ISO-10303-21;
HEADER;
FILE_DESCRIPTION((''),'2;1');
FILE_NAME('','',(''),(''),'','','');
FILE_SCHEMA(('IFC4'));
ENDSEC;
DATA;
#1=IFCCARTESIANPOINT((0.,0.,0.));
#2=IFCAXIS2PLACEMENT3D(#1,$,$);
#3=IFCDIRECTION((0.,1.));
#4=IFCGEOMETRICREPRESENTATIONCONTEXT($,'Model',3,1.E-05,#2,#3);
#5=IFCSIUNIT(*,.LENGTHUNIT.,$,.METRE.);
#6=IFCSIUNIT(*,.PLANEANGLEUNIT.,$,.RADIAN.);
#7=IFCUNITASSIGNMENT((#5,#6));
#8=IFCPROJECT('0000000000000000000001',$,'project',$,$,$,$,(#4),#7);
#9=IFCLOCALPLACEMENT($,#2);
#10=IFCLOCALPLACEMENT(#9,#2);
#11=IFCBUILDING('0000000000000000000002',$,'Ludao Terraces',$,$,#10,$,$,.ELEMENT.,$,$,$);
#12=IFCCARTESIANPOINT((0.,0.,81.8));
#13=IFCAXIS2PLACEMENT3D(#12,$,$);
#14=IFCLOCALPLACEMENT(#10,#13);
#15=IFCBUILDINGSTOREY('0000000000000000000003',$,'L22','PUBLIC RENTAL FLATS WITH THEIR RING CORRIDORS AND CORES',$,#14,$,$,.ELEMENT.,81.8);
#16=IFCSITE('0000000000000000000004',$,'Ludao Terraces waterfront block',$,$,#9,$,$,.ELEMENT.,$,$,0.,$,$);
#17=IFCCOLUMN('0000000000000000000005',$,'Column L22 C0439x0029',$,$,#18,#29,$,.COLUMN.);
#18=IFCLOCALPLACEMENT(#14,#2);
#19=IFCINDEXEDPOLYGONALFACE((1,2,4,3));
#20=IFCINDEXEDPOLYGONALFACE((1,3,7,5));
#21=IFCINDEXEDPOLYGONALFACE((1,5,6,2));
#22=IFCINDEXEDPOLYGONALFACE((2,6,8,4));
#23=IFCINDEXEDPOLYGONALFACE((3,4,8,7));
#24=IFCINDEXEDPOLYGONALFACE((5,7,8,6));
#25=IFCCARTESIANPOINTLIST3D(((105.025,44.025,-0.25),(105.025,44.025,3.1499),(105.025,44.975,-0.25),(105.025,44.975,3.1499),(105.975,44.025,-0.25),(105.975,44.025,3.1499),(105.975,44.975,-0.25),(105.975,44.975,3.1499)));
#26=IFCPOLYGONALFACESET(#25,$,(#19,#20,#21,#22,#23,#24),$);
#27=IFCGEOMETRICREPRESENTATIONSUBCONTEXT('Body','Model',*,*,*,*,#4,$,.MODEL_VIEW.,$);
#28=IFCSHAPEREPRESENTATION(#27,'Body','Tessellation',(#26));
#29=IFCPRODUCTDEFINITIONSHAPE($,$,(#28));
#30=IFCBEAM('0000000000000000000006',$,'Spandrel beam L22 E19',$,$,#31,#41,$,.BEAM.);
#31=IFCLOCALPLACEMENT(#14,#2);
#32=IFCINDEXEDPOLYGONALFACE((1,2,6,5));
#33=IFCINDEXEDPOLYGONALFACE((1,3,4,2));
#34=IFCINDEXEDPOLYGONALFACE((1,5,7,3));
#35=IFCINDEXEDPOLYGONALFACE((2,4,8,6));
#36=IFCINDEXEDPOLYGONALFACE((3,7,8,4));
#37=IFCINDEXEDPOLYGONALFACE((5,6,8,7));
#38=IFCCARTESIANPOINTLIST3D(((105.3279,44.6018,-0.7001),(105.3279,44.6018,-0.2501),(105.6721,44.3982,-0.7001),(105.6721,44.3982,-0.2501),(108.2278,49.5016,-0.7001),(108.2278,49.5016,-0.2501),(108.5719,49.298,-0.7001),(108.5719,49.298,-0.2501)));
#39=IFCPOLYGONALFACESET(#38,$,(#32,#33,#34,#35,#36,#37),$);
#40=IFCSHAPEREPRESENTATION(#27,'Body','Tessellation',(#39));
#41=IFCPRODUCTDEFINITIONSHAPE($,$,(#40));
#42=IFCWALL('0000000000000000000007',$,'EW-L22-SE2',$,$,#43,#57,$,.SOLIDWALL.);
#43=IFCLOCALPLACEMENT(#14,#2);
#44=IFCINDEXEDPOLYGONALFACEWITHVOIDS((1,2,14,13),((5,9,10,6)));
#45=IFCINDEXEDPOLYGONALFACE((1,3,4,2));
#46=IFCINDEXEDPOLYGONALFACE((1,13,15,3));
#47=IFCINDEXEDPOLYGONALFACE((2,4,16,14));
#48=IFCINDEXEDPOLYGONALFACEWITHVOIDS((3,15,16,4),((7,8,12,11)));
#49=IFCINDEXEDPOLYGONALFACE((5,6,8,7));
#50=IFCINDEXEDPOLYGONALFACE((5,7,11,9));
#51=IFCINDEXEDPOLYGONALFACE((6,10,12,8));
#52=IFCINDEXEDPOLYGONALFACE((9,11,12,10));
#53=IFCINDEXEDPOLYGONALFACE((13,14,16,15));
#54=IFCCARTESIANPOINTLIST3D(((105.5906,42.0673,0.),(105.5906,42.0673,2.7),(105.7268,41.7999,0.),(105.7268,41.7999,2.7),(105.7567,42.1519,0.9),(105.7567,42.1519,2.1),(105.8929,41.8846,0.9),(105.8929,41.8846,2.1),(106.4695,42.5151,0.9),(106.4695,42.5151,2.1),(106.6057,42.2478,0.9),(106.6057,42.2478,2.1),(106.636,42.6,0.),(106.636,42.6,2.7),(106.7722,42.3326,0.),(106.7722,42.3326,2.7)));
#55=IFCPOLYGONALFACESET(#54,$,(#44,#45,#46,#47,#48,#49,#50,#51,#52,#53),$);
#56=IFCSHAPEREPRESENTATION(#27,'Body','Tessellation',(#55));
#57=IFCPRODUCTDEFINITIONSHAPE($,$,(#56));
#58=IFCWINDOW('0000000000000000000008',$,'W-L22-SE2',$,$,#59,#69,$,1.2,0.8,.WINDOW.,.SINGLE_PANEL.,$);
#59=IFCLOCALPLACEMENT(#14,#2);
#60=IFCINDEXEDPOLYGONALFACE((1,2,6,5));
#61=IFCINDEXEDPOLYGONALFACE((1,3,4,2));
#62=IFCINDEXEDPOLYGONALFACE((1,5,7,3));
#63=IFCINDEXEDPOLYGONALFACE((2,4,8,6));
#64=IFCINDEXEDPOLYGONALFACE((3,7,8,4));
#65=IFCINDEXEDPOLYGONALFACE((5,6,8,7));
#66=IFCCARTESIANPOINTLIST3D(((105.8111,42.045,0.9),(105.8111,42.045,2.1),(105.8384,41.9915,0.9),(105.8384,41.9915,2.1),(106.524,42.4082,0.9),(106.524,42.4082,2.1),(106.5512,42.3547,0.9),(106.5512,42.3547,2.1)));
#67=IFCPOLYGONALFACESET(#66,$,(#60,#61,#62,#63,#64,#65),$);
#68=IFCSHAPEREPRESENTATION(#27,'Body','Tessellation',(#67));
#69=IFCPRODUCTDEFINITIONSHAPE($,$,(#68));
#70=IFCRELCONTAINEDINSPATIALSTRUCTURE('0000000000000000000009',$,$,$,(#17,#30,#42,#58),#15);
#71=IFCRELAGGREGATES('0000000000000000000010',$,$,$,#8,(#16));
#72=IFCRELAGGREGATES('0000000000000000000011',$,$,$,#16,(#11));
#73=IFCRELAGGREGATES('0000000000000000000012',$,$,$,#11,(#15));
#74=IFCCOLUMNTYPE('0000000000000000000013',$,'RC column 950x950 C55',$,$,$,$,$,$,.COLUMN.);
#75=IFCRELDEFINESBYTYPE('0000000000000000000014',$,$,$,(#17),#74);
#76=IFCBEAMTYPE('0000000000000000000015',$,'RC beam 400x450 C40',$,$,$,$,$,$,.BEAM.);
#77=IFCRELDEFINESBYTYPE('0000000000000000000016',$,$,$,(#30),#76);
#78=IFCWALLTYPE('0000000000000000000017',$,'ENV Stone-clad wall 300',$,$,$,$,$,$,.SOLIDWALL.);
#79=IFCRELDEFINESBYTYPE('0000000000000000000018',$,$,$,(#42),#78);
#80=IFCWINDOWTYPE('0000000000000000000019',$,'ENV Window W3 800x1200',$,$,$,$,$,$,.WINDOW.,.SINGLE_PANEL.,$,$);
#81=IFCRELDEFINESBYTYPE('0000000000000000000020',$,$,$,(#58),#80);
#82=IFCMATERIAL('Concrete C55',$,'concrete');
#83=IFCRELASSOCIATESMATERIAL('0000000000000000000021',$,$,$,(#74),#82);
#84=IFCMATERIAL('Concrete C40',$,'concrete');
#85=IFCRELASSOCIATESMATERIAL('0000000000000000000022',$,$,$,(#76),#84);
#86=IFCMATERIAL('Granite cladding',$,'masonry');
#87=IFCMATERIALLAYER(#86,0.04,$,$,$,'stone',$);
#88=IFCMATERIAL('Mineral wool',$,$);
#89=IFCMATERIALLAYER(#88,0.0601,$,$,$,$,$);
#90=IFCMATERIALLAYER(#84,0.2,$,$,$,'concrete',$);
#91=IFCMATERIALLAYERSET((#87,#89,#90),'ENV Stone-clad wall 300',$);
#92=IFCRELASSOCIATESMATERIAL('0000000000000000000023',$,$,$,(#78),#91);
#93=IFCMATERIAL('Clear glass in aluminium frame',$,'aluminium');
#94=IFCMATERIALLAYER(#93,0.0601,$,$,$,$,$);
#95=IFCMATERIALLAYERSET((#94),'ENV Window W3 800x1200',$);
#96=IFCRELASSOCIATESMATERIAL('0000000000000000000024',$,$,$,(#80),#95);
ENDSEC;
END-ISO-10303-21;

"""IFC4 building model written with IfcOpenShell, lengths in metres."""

from ifc_helpers import new_model, si_unit, direction, frame, frame_2d, origin, origin_2d, place, context, subcontext, project, spatial, rectangle, extrude, material, layer, layer_set, material_profile, profile_set, type_object, element, fill, save


model = new_model("IFC4")

# Units and contexts
model_context = context("Model", 3, precision=1e-05, world=origin(), true_north=direction((0.0, 1.0)))
body_context = subcontext(model_context, "Body", "Model", "MODEL_VIEW")
ifc_project = project(units=[si_unit("LENGTHUNIT", "METRE"), si_unit("PLANEANGLEUNIT", "RADIAN")], contexts=[model_context])

# Site, building, storey
site_placement = place(None, origin())
site = spatial("IfcSite", under=ifc_project, at=site_placement, Name="Ludao Terraces waterfront block", CompositionType="ELEMENT", RefElevation=0.0)
building_placement = place(site_placement, origin())
building = spatial("IfcBuilding", under=site, at=building_placement, Name="Ludao Terraces", CompositionType="ELEMENT")
storey_placement = place(building_placement, frame((0.0, 0.0, 81.8)))
storey = spatial("IfcBuildingStorey", under=building, at=storey_placement, Name="L22", Description="PUBLIC RENTAL FLATS WITH THEIR RING CORRIDORS AND CORES", CompositionType="ELEMENT", Elevation=81.8)

# Column
ifc_material_1 = material(Name="Concrete C55", Category="concrete")
ifc_material_profile_1 = material_profile(ifc_material_1, rectangle(XDim=0.95, YDim=0.95, at=origin_2d()), Name="950 X 950")
ifc_profile_set_1 = profile_set([ifc_material_profile_1], Name="Concrete C55")
column_type = type_object("IfcColumnType", Name="RC column 950x950 C55", PredefinedType="COLUMN", material=ifc_profile_set_1)
column_placement = place(storey_placement, frame((105.5, 44.5, -0.25), z_axis=(0.0, 0.0, 1.0), x_axis=(1.0, 0.0, 0.0)))
element("IfcColumn", 1, at=column_placement, inside=storey, type_object=column_type, Name="Column L22 C0439x0029", PredefinedType="COLUMN", context=body_context, shape_type="SweptSolid", body=[
    extrude(rectangle(XDim=0.95, YDim=0.95, at=origin_2d()), origin(), (0.0, 0.0, 1.0), 3.3999),
])

# Beam
ifc_material_2 = material(Name="Concrete C40", Category="concrete")
ifc_material_profile_2 = material_profile(ifc_material_2, rectangle(XDim=0.3999, YDim=0.45, at=origin_2d()), Name="400 X 450")
ifc_profile_set_2 = profile_set([ifc_material_profile_2], Name="Concrete C40")
beam_type = type_object("IfcBeamType", Name="RC beam 400x450 C40", PredefinedType="BEAM", material=ifc_profile_set_2)
beam_placement = place(storey_placement, frame((105.5, 44.5, -0.4751), z_axis=(0.509316, 0.86058, 0.0), x_axis=(-0.86058, 0.509316, 0.0)))
element("IfcBeam", 2, at=beam_placement, inside=storey, type_object=beam_type, Name="Spandrel beam L22 E19", PredefinedType="BEAM", context=body_context, shape_type="SweptSolid", body=[
    extrude(rectangle(XDim=0.3999, YDim=0.45, at=origin_2d()), origin(), (0.0, 0.0, 1.0), 5.6936),
])

# Wall, opening, window
ifc_material_3 = material(Name="Granite cladding", Category="masonry")
ifc_layer_1 = layer(ifc_material_3, 0.04, Category="stone")
ifc_material_4 = material(Name="Mineral wool")
ifc_layer_2 = layer(ifc_material_4, 0.0601)
ifc_layer_3 = layer(ifc_material_2, 0.2, Category="concrete")
ifc_layer_set_1 = layer_set([ifc_layer_1, ifc_layer_2, ifc_layer_3], Name="ENV Stone-clad wall 300")
wall_type_1 = type_object("IfcWallType", Name="ENV Stone-clad wall 300", PredefinedType="SOLIDWALL", material=ifc_layer_set_1)
wall_1_placement = place(storey_placement, frame((105.6587, 41.9336, 0.0), z_axis=(0.0, 0.0, 1.0), x_axis=(0.890989, 0.454026, 0.0)))
wall_1 = element("IfcWall", 3, at=wall_1_placement, inside=storey, type_object=wall_type_1, Name="EW-L22-SE2", PredefinedType="SOLIDWALL", context=body_context, shape_type="SweptSolid", body=[
    extrude(rectangle(XDim=1.1733, YDim=0.3, at=frame_2d((0.5867, 0.0))), origin(), (0.0, 0.0, 1.0), 2.7),
])
opening_1_placement = place(wall_1_placement, frame((0.1865, 0.0, 0.8999)))
opening_1 = element("IfcOpeningElement", 4, at=opening_1_placement, cuts=wall_1, PredefinedType="OPENING", context=body_context, shape_type="SweptSolid", body=[
    extrude(rectangle(XDim=0.8, YDim=1.2, at=frame_2d((0.3999, 0.6001))), frame((0.0, 0.1602, 0.0), z_axis=(0.0, -1.0, 0.0), x_axis=(1.0, 0.0, 0.0)), (0.0, 0.0, 1.0), 0.3201),
])
ifc_material_5 = material(Name="Clear glass in aluminium frame", Category="aluminium")
ifc_layer_4 = layer(ifc_material_5, 0.0601)
ifc_layer_set_2 = layer_set([ifc_layer_4], Name="ENV Window W3 800x1200")
window_type = type_object("IfcWindowType", Name="ENV Window W3 800x1200", PartitioningType="SINGLE_PANEL", PredefinedType="WINDOW", material=ifc_layer_set_2)
window_placement = place(opening_1_placement, origin())
window = element("IfcWindow", 5, at=window_placement, inside=storey, type_object=window_type, Name="W-L22-SE2", OverallHeight=1.2, OverallWidth=0.8, PartitioningType="SINGLE_PANEL", PredefinedType="WINDOW", context=body_context, shape_type="SweptSolid", body=[
    extrude(rectangle(XDim=0.8, YDim=1.2, at=frame_2d((0.3999, 0.6001))), frame((0.0, 0.03, 0.0), z_axis=(0.0, -1.0, 0.0), x_axis=(1.0, 0.0, 0.0)), (0.0, 0.0, 1.0), 0.0601),
])
fill(opening_1, window)

save(model, "model.ifc")
